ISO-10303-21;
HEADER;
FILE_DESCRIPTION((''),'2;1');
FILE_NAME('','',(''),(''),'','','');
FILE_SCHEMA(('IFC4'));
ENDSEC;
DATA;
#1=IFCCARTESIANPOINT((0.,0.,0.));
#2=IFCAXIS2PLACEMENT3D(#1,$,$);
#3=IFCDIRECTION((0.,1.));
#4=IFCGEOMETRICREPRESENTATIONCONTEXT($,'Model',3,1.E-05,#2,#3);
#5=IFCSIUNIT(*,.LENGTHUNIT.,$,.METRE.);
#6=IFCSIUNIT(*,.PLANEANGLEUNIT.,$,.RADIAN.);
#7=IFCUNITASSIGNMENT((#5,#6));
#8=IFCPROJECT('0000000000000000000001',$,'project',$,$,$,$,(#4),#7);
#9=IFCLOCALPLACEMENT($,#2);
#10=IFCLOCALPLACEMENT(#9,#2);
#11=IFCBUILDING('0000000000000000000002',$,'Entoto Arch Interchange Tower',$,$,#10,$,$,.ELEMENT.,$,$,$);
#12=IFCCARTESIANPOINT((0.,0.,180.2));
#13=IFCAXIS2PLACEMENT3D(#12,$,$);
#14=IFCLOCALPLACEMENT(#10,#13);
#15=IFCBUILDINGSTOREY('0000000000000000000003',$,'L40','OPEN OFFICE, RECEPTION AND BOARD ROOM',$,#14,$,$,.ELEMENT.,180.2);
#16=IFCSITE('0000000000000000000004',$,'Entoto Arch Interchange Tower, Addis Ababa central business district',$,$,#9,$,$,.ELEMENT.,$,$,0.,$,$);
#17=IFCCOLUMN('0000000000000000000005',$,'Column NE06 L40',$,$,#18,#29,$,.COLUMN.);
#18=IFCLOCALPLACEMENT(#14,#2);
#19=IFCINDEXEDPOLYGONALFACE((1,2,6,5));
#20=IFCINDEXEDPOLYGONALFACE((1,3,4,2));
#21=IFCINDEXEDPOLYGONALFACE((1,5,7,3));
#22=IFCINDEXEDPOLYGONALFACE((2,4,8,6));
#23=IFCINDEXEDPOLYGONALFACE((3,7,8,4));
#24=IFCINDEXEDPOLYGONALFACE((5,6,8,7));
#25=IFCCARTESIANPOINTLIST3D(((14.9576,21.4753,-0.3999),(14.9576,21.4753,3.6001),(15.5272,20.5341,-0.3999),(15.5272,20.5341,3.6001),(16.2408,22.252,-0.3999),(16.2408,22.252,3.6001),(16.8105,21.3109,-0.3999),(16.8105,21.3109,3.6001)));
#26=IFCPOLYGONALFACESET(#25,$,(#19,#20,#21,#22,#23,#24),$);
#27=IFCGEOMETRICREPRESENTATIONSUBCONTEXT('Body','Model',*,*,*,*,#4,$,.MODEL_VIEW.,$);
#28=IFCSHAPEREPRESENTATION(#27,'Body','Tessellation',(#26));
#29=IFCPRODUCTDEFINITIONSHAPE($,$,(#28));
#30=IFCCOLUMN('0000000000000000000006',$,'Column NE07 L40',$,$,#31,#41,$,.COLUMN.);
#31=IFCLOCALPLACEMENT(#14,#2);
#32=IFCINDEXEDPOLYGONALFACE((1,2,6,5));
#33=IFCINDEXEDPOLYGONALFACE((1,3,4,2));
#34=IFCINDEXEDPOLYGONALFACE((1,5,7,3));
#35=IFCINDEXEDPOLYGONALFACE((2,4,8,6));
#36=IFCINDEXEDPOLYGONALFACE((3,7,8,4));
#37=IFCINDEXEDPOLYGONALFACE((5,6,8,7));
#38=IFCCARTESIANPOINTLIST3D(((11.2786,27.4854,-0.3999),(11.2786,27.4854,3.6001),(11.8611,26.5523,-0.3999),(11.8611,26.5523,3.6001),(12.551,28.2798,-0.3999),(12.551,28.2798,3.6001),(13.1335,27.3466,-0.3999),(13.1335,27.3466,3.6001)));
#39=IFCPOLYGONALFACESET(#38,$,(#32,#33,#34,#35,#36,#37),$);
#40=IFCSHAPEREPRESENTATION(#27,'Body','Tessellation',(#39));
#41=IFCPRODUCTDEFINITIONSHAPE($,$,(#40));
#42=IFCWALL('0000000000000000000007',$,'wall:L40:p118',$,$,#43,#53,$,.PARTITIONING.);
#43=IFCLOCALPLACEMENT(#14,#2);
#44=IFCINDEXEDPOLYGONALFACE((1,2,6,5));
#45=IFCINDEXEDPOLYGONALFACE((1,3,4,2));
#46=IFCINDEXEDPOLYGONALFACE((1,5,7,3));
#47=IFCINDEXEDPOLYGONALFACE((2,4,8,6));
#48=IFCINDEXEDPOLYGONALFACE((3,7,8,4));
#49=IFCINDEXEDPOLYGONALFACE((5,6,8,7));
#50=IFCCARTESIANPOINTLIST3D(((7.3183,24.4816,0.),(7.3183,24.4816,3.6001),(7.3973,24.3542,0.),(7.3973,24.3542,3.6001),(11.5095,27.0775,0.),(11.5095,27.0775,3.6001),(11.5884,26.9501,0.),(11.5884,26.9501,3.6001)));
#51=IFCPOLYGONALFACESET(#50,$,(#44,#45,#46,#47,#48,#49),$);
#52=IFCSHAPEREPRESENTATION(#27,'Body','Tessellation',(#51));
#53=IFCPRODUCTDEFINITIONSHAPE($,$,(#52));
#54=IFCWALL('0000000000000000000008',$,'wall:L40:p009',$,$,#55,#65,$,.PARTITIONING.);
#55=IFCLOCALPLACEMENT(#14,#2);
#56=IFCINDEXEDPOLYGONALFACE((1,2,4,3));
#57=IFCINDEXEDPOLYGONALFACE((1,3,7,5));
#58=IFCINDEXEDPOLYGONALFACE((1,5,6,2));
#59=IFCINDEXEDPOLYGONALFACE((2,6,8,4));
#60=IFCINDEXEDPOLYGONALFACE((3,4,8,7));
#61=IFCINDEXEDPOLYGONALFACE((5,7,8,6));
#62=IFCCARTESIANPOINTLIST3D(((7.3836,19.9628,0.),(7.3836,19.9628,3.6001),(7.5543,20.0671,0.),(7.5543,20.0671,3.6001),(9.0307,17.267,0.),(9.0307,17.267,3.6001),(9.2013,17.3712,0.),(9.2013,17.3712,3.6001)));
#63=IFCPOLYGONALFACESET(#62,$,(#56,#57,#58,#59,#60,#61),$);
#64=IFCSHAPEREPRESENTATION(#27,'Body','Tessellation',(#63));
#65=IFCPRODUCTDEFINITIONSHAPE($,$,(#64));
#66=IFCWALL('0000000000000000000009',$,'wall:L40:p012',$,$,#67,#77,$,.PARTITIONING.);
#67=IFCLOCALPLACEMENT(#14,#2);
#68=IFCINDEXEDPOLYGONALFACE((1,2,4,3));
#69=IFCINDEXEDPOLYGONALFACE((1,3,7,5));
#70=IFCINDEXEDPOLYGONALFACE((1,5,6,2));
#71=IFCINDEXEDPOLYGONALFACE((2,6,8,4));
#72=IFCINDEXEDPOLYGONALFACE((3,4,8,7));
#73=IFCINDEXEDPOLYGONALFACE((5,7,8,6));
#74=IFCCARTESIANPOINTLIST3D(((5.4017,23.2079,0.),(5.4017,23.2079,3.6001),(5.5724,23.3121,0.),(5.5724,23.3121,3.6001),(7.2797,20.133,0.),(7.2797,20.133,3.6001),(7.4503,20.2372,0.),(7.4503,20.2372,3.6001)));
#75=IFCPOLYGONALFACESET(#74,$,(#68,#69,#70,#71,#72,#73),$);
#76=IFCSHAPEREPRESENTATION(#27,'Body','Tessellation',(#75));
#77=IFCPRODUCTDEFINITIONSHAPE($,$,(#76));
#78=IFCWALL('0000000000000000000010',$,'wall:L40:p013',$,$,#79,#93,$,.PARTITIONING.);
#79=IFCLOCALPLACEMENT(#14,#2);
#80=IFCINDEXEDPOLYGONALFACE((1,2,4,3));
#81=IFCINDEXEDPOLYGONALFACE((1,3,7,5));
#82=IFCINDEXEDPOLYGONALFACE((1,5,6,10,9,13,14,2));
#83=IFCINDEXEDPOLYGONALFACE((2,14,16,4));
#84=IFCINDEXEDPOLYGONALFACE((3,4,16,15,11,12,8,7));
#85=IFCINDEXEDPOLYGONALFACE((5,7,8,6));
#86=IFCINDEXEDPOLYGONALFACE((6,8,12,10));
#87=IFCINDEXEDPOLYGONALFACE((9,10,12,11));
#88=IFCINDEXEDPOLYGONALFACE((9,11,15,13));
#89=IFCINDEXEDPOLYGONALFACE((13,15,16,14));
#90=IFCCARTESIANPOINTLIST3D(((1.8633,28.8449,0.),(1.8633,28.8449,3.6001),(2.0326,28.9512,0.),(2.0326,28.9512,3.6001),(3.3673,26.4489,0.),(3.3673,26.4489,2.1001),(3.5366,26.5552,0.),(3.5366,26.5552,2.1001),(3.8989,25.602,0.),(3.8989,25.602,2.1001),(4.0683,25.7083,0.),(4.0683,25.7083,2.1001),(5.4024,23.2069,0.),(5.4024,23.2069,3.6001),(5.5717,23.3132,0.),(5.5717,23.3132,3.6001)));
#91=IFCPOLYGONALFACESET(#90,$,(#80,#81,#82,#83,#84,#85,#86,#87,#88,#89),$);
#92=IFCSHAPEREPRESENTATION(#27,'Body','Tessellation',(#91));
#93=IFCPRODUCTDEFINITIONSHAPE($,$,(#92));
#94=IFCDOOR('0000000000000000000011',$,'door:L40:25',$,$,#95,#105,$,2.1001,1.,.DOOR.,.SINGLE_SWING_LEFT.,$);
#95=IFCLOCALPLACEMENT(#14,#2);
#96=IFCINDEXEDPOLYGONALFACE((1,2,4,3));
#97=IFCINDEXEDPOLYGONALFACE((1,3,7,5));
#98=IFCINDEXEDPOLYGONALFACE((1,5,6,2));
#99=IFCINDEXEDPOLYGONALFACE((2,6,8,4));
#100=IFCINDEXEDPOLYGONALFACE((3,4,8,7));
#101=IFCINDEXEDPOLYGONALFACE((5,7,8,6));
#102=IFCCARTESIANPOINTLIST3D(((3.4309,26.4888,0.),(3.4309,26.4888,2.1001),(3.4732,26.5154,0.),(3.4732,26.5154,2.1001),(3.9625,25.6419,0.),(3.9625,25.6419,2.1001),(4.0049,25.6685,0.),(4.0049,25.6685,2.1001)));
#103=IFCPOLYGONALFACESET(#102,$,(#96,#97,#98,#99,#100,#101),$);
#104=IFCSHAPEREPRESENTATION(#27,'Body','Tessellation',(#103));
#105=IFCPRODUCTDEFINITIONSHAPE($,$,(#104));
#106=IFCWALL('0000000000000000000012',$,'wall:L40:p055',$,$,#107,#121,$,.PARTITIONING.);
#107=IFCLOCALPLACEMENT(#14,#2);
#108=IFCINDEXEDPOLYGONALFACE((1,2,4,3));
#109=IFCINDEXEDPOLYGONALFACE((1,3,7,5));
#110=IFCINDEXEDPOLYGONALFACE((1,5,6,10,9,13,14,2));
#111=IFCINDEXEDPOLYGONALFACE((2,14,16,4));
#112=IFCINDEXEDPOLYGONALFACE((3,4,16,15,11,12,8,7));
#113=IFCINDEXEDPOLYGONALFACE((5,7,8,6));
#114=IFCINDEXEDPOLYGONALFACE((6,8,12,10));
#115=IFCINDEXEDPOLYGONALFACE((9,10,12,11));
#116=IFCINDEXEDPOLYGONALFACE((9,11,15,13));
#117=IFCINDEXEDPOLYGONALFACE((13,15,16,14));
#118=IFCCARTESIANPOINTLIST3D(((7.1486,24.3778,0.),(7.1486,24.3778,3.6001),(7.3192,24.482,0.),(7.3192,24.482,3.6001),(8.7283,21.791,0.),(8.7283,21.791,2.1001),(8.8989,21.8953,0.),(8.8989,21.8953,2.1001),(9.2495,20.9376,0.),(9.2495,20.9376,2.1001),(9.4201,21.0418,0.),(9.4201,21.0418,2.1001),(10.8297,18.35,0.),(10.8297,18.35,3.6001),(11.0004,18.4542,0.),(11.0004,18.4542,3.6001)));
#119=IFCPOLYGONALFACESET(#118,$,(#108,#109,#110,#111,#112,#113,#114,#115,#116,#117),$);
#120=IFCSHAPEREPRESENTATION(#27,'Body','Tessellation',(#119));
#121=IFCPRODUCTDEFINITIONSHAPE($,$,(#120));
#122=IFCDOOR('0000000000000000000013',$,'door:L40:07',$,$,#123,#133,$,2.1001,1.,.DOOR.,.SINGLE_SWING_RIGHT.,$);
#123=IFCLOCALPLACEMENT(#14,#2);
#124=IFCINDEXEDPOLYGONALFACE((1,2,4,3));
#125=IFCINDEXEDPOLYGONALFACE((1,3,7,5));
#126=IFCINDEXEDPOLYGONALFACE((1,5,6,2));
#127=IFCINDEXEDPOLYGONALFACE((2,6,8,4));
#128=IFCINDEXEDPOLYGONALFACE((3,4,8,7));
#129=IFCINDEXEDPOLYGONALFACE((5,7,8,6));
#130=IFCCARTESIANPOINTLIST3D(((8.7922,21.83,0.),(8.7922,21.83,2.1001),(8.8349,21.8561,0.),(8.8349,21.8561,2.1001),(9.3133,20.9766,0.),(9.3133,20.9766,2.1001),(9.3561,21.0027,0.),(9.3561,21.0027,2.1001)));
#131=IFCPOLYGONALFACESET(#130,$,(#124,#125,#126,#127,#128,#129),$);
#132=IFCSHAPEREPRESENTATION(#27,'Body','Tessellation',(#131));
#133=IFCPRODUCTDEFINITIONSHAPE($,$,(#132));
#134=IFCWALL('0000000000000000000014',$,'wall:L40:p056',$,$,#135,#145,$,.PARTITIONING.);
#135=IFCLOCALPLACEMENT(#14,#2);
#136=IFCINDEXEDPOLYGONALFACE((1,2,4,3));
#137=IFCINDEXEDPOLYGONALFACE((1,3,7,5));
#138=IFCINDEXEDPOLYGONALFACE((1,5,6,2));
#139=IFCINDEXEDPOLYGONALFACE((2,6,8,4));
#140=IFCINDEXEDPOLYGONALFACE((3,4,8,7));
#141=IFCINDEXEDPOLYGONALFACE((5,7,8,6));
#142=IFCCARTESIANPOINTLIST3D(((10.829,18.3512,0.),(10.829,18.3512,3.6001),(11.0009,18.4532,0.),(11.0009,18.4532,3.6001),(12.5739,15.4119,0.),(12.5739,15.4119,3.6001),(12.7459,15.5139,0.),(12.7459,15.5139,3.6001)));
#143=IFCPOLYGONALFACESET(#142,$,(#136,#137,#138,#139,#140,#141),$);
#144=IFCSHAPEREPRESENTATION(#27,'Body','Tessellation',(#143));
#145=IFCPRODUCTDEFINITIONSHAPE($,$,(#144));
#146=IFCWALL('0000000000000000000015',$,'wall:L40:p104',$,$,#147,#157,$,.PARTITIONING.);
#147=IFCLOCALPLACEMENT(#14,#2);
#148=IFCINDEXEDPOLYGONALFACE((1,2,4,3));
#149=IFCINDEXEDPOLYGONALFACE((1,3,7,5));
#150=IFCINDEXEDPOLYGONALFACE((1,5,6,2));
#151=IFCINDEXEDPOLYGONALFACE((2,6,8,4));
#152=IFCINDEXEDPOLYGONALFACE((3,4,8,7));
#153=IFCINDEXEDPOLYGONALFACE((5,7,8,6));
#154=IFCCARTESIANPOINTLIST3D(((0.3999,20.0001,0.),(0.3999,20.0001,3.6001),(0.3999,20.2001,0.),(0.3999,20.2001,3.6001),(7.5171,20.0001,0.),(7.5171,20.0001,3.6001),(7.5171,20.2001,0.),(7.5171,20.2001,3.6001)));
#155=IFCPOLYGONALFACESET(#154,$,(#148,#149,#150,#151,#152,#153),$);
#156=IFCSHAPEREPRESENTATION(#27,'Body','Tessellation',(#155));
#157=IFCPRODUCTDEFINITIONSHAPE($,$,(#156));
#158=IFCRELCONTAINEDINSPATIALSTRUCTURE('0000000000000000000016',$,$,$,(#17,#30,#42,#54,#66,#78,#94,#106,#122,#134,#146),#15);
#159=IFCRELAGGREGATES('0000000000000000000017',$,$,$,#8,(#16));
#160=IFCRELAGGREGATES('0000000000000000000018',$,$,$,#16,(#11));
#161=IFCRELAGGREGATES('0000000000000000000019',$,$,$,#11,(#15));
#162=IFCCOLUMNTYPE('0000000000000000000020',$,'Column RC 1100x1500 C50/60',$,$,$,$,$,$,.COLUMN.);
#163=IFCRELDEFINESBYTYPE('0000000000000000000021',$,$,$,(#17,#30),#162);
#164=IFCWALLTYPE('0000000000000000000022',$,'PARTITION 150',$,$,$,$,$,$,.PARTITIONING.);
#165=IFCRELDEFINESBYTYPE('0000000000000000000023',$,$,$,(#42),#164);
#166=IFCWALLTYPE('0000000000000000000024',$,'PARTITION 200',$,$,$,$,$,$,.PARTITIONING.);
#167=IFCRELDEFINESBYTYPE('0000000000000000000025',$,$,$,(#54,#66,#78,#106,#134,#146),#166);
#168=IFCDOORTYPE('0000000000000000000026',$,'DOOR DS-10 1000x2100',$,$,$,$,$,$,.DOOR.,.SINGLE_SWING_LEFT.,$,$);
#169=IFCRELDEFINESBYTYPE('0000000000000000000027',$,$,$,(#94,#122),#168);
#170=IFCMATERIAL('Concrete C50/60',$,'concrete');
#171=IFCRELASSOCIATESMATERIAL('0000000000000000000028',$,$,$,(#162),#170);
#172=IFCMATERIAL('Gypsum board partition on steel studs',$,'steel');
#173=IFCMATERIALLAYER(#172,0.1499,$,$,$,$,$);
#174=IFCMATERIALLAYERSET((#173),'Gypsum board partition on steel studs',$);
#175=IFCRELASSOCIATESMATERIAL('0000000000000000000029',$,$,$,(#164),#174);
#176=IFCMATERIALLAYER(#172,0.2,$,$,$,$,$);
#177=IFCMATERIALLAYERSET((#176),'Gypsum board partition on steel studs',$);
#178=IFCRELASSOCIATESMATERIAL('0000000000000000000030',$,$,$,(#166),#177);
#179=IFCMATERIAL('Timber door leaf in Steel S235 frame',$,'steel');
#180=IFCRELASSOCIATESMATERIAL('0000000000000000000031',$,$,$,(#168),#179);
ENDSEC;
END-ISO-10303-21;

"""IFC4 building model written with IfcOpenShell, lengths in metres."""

from ifc_helpers import new_model, si_unit, direction, frame, frame_2d, origin, origin_2d, place, context, subcontext, project, spatial, rectangle, extrude, material, layer, layer_set, material_profile, profile_set, type_object, element, fill, save


model = new_model("IFC4")

# Units and contexts
model_context = context("Model", 3, precision=1e-05, world=origin(), true_north=direction((0.0, 1.0)))
body_context = subcontext(model_context, "Body", "Model", "MODEL_VIEW")
ifc_project = project(units=[si_unit("LENGTHUNIT", "METRE"), si_unit("PLANEANGLEUNIT", "RADIAN")], contexts=[model_context])

# Site, building, storey
site_placement = place(None, origin())
site = spatial("IfcSite", under=ifc_project, at=site_placement, Name="Entoto Arch Interchange Tower, Addis Ababa central business district", CompositionType="ELEMENT", RefElevation=0.0)
building_placement = place(site_placement, origin())
building = spatial("IfcBuilding", under=site, at=building_placement, Name="Entoto Arch Interchange Tower", CompositionType="ELEMENT")
storey_placement = place(building_placement, frame((0.0, 0.0, 180.2)))
storey = spatial("IfcBuildingStorey", under=building, at=storey_placement, Name="L40", Description="OPEN OFFICE, RECEPTION AND BOARD ROOM", CompositionType="ELEMENT", Elevation=180.2)

# Columns
ifc_material_1 = material(Name="Concrete C50/60", Category="concrete")
ifc_material_profile = material_profile(ifc_material_1, rectangle(XDim=1.1001, YDim=1.5, at=origin_2d()))
ifc_profile_set = profile_set([ifc_material_profile], Name="Concrete C50/60")
column_type = type_object("IfcColumnType", Name="Column RC 1100x1500 C50/60", PredefinedType="COLUMN", material=ifc_profile_set)
for number, where, z_axis, x_axis, name in (
    (1, (15.884, 21.3931, -0.3999), (0.0, 0.0, 1.0), (-0.517803, 0.8555, 0.0), "Column NE06 L40"),
    (2, (12.2061, 27.416, -0.3999), (0.0, 0.0, 1.0), (-0.529549, 0.848279, 0.0), "Column NE07 L40"),
):
    element("IfcColumn", number, at=place(storey_placement, frame(where, z_axis=z_axis, x_axis=x_axis)), inside=storey, type_object=column_type, Name=name, PredefinedType="COLUMN", context=body_context, shape_type="SweptSolid", body=[
        extrude(rectangle(XDim=1.1001, YDim=1.5, at=origin_2d()), origin(), (0.0, 0.0, 1.0), 4.0),
    ])

# Walls
ifc_material_2 = material(Name="Gypsum board partition on steel studs", Category="steel")
ifc_layer_1 = layer(ifc_material_2, 0.1499)
ifc_layer_set_1 = layer_set([ifc_layer_1], Name="Gypsum board partition on steel studs")
wall_type_1 = type_object("IfcWallType", Name="PARTITION 150", PredefinedType="PARTITIONING", material=ifc_layer_set_1)
wall_1_placement = place(storey_placement, frame((7.3579, 24.418, 0.0), z_axis=(0.0, 0.0, 1.0), x_axis=(0.850136, 0.526563, 0.0)))
element("IfcWall", 3, at=wall_1_placement, inside=storey, type_object=wall_type_1, Name="wall:L40:p118", PredefinedType="PARTITIONING", context=body_context, shape_type="SweptSolid", body=[
    extrude(rectangle(XDim=4.9299, YDim=0.1499, at=frame_2d((2.4648, 0.0))), origin(), (0.0, 0.0, 1.0), 3.6001),
])
ifc_layer_2 = layer(ifc_material_2, 0.2)
ifc_layer_set_2 = layer_set([ifc_layer_2], Name="Gypsum board partition on steel studs")
wall_type_2 = type_object("IfcWallType", Name="PARTITION 200", PredefinedType="PARTITIONING", material=ifc_layer_set_2)
wall_2_placement = place(storey_placement, frame((9.116, 17.3191, 0.0), z_axis=(0.0, 0.0, 1.0), x_axis=(-0.521344, 0.853347, 0.0)))
element("IfcWall", 4, at=wall_2_placement, inside=storey, type_object=wall_type_2, Name="wall:L40:p009", PredefinedType="PARTITIONING", context=body_context, shape_type="SweptSolid", body=[
    extrude(rectangle(XDim=3.1592, YDim=0.2, at=frame_2d((1.5796, 0.0))), origin(), (0.0, 0.0, 1.0), 3.6001),
])
wall_3_placement = place(storey_placement, frame((7.365, 20.1851, 0.0), z_axis=(0.0, 0.0, 1.0), x_axis=(-0.521206, 0.853431, 0.0)))
element("IfcWall", 5, at=wall_3_placement, inside=storey, type_object=wall_type_2, Name="wall:L40:p012", PredefinedType="PARTITIONING", context=body_context, shape_type="SweptSolid", body=[
    extrude(rectangle(XDim=3.603, YDim=0.2, at=frame_2d((1.8015, 0.0))), origin(), (0.0, 0.0, 1.0), 3.6001),
])

# Walls, openings, doors
wall_4_placement = place(storey_placement, frame((5.4871, 23.26, 0.0), z_axis=(0.0, 0.0, 1.0), x_axis=(-0.531656, 0.84696, 0.0)))
wall_4 = element("IfcWall", 6, at=wall_4_placement, inside=storey, type_object=wall_type_2, Name="wall:L40:p013", PredefinedType="PARTITIONING", context=body_context, shape_type="SweptSolid", body=[
    extrude(rectangle(XDim=6.6567, YDim=0.2, at=frame_2d((3.3284, 0.0))), origin(), (0.0, 0.0, 1.0), 3.6001),
])
opening_1_placement = place(wall_4_placement, frame((2.8279, 0.0, 0.0)))
opening_1 = element("IfcOpeningElement", 7, at=opening_1_placement, cuts=wall_4, PredefinedType="OPENING", context=body_context, shape_type="SweptSolid", body=[
    extrude(rectangle(XDim=1.0, YDim=2.1001, at=frame_2d((0.5, 1.05))), frame((0.0, 0.1099, 0.0), z_axis=(0.0, -1.0, 0.0), x_axis=(1.0, 0.0, 0.0)), (0.0, 0.0, 1.0), 0.22),
])
ifc_material_3 = material(Name="Timber door leaf in Steel S235 frame", Category="steel")
door_type = type_object("IfcDoorType", Name="DOOR DS-10 1000x2100", OperationType="SINGLE_SWING_LEFT", PredefinedType="DOOR", material=ifc_material_3)
door_1_placement = place(opening_1_placement, origin())
door_1 = element("IfcDoor", 8, at=door_1_placement, inside=storey, type_object=door_type, Name="door:L40:25", OperationType="SINGLE_SWING_LEFT", OverallHeight=2.1001, OverallWidth=1.0, PredefinedType="DOOR", context=body_context, shape_type="SweptSolid", body=[
    extrude(rectangle(XDim=1.0, YDim=2.1001, at=frame_2d((0.5, 1.05))), frame((0.0, 0.0249, 0.0), z_axis=(0.0, -1.0, 0.0), x_axis=(1.0, 0.0, 0.0)), (0.0, 0.0, 1.0), 0.05),
])
fill(opening_1, door_1)
wall_5_placement = place(storey_placement, frame((7.2339, 24.4299, 0.0), z_axis=(0.0, 0.0, 1.0), x_axis=(0.52119, -0.853441, 0.0)))
wall_5 = element("IfcWall", 9, at=wall_5_placement, inside=storey, type_object=wall_type_2, Name="wall:L40:p055", PredefinedType="PARTITIONING", context=body_context, shape_type="SweptSolid", body=[
    extrude(rectangle(XDim=7.063, YDim=0.2, at=frame_2d((3.5315, 0.0))), origin(), (0.0, 0.0, 1.0), 3.6001),
])
opening_2_placement = place(wall_5_placement, frame((3.031, 0.0, 0.0)))
opening_2 = element("IfcOpeningElement", 10, at=opening_2_placement, cuts=wall_5, PredefinedType="OPENING", context=body_context, shape_type="SweptSolid", body=[
    extrude(rectangle(XDim=1.0, YDim=2.1001, at=frame_2d((0.5, 1.05))), frame((0.0, 0.1099, 0.0), z_axis=(0.0, -1.0, 0.0), x_axis=(1.0, 0.0, 0.0)), (0.0, 0.0, 1.0), 0.22),
])
door_2_placement = place(opening_2_placement, origin())
door_2 = element("IfcDoor", 11, at=door_2_placement, inside=storey, type_object=door_type, Name="door:L40:07", OperationType="SINGLE_SWING_RIGHT", OverallHeight=2.1001, OverallWidth=1.0, PredefinedType="DOOR", context=body_context, shape_type="SweptSolid", body=[
    extrude(rectangle(XDim=1.0, YDim=2.1001, at=frame_2d((0.5, 1.05))), frame((0.0, 0.0249, 0.0), z_axis=(0.0, -1.0, 0.0), x_axis=(1.0, 0.0, 0.0)), (0.0, 0.0, 1.0), 0.05),
])
fill(opening_2, door_2)

# Walls
wall_6_placement = place(storey_placement, frame((10.915, 18.4021, 0.0), z_axis=(0.0, 0.0, 1.0), x_axis=(0.510478, -0.859891, 0.0)))
element("IfcWall", 12, at=wall_6_placement, inside=storey, type_object=wall_type_2, Name="wall:L40:p056", PredefinedType="PARTITIONING", context=body_context, shape_type="SweptSolid", body=[
    extrude(rectangle(XDim=3.4182, YDim=0.2, at=frame_2d((1.709, 0.0))), origin(), (0.0, 0.0, 1.0), 3.6001),
])
wall_7_placement = place(storey_placement, frame((0.3999, 20.1001, 0.0), z_axis=(0.0, 0.0, 1.0), x_axis=(1.0, 0.0, 0.0)))
element("IfcWall", 13, at=wall_7_placement, inside=storey, type_object=wall_type_2, Name="wall:L40:p104", PredefinedType="PARTITIONING", context=body_context, shape_type="SweptSolid", body=[
    extrude(rectangle(XDim=7.1172, YDim=0.2, at=frame_2d((3.5586, 0.0))), origin(), (0.0, 0.0, 1.0), 3.6001),
])

save(model, "model.ifc")
